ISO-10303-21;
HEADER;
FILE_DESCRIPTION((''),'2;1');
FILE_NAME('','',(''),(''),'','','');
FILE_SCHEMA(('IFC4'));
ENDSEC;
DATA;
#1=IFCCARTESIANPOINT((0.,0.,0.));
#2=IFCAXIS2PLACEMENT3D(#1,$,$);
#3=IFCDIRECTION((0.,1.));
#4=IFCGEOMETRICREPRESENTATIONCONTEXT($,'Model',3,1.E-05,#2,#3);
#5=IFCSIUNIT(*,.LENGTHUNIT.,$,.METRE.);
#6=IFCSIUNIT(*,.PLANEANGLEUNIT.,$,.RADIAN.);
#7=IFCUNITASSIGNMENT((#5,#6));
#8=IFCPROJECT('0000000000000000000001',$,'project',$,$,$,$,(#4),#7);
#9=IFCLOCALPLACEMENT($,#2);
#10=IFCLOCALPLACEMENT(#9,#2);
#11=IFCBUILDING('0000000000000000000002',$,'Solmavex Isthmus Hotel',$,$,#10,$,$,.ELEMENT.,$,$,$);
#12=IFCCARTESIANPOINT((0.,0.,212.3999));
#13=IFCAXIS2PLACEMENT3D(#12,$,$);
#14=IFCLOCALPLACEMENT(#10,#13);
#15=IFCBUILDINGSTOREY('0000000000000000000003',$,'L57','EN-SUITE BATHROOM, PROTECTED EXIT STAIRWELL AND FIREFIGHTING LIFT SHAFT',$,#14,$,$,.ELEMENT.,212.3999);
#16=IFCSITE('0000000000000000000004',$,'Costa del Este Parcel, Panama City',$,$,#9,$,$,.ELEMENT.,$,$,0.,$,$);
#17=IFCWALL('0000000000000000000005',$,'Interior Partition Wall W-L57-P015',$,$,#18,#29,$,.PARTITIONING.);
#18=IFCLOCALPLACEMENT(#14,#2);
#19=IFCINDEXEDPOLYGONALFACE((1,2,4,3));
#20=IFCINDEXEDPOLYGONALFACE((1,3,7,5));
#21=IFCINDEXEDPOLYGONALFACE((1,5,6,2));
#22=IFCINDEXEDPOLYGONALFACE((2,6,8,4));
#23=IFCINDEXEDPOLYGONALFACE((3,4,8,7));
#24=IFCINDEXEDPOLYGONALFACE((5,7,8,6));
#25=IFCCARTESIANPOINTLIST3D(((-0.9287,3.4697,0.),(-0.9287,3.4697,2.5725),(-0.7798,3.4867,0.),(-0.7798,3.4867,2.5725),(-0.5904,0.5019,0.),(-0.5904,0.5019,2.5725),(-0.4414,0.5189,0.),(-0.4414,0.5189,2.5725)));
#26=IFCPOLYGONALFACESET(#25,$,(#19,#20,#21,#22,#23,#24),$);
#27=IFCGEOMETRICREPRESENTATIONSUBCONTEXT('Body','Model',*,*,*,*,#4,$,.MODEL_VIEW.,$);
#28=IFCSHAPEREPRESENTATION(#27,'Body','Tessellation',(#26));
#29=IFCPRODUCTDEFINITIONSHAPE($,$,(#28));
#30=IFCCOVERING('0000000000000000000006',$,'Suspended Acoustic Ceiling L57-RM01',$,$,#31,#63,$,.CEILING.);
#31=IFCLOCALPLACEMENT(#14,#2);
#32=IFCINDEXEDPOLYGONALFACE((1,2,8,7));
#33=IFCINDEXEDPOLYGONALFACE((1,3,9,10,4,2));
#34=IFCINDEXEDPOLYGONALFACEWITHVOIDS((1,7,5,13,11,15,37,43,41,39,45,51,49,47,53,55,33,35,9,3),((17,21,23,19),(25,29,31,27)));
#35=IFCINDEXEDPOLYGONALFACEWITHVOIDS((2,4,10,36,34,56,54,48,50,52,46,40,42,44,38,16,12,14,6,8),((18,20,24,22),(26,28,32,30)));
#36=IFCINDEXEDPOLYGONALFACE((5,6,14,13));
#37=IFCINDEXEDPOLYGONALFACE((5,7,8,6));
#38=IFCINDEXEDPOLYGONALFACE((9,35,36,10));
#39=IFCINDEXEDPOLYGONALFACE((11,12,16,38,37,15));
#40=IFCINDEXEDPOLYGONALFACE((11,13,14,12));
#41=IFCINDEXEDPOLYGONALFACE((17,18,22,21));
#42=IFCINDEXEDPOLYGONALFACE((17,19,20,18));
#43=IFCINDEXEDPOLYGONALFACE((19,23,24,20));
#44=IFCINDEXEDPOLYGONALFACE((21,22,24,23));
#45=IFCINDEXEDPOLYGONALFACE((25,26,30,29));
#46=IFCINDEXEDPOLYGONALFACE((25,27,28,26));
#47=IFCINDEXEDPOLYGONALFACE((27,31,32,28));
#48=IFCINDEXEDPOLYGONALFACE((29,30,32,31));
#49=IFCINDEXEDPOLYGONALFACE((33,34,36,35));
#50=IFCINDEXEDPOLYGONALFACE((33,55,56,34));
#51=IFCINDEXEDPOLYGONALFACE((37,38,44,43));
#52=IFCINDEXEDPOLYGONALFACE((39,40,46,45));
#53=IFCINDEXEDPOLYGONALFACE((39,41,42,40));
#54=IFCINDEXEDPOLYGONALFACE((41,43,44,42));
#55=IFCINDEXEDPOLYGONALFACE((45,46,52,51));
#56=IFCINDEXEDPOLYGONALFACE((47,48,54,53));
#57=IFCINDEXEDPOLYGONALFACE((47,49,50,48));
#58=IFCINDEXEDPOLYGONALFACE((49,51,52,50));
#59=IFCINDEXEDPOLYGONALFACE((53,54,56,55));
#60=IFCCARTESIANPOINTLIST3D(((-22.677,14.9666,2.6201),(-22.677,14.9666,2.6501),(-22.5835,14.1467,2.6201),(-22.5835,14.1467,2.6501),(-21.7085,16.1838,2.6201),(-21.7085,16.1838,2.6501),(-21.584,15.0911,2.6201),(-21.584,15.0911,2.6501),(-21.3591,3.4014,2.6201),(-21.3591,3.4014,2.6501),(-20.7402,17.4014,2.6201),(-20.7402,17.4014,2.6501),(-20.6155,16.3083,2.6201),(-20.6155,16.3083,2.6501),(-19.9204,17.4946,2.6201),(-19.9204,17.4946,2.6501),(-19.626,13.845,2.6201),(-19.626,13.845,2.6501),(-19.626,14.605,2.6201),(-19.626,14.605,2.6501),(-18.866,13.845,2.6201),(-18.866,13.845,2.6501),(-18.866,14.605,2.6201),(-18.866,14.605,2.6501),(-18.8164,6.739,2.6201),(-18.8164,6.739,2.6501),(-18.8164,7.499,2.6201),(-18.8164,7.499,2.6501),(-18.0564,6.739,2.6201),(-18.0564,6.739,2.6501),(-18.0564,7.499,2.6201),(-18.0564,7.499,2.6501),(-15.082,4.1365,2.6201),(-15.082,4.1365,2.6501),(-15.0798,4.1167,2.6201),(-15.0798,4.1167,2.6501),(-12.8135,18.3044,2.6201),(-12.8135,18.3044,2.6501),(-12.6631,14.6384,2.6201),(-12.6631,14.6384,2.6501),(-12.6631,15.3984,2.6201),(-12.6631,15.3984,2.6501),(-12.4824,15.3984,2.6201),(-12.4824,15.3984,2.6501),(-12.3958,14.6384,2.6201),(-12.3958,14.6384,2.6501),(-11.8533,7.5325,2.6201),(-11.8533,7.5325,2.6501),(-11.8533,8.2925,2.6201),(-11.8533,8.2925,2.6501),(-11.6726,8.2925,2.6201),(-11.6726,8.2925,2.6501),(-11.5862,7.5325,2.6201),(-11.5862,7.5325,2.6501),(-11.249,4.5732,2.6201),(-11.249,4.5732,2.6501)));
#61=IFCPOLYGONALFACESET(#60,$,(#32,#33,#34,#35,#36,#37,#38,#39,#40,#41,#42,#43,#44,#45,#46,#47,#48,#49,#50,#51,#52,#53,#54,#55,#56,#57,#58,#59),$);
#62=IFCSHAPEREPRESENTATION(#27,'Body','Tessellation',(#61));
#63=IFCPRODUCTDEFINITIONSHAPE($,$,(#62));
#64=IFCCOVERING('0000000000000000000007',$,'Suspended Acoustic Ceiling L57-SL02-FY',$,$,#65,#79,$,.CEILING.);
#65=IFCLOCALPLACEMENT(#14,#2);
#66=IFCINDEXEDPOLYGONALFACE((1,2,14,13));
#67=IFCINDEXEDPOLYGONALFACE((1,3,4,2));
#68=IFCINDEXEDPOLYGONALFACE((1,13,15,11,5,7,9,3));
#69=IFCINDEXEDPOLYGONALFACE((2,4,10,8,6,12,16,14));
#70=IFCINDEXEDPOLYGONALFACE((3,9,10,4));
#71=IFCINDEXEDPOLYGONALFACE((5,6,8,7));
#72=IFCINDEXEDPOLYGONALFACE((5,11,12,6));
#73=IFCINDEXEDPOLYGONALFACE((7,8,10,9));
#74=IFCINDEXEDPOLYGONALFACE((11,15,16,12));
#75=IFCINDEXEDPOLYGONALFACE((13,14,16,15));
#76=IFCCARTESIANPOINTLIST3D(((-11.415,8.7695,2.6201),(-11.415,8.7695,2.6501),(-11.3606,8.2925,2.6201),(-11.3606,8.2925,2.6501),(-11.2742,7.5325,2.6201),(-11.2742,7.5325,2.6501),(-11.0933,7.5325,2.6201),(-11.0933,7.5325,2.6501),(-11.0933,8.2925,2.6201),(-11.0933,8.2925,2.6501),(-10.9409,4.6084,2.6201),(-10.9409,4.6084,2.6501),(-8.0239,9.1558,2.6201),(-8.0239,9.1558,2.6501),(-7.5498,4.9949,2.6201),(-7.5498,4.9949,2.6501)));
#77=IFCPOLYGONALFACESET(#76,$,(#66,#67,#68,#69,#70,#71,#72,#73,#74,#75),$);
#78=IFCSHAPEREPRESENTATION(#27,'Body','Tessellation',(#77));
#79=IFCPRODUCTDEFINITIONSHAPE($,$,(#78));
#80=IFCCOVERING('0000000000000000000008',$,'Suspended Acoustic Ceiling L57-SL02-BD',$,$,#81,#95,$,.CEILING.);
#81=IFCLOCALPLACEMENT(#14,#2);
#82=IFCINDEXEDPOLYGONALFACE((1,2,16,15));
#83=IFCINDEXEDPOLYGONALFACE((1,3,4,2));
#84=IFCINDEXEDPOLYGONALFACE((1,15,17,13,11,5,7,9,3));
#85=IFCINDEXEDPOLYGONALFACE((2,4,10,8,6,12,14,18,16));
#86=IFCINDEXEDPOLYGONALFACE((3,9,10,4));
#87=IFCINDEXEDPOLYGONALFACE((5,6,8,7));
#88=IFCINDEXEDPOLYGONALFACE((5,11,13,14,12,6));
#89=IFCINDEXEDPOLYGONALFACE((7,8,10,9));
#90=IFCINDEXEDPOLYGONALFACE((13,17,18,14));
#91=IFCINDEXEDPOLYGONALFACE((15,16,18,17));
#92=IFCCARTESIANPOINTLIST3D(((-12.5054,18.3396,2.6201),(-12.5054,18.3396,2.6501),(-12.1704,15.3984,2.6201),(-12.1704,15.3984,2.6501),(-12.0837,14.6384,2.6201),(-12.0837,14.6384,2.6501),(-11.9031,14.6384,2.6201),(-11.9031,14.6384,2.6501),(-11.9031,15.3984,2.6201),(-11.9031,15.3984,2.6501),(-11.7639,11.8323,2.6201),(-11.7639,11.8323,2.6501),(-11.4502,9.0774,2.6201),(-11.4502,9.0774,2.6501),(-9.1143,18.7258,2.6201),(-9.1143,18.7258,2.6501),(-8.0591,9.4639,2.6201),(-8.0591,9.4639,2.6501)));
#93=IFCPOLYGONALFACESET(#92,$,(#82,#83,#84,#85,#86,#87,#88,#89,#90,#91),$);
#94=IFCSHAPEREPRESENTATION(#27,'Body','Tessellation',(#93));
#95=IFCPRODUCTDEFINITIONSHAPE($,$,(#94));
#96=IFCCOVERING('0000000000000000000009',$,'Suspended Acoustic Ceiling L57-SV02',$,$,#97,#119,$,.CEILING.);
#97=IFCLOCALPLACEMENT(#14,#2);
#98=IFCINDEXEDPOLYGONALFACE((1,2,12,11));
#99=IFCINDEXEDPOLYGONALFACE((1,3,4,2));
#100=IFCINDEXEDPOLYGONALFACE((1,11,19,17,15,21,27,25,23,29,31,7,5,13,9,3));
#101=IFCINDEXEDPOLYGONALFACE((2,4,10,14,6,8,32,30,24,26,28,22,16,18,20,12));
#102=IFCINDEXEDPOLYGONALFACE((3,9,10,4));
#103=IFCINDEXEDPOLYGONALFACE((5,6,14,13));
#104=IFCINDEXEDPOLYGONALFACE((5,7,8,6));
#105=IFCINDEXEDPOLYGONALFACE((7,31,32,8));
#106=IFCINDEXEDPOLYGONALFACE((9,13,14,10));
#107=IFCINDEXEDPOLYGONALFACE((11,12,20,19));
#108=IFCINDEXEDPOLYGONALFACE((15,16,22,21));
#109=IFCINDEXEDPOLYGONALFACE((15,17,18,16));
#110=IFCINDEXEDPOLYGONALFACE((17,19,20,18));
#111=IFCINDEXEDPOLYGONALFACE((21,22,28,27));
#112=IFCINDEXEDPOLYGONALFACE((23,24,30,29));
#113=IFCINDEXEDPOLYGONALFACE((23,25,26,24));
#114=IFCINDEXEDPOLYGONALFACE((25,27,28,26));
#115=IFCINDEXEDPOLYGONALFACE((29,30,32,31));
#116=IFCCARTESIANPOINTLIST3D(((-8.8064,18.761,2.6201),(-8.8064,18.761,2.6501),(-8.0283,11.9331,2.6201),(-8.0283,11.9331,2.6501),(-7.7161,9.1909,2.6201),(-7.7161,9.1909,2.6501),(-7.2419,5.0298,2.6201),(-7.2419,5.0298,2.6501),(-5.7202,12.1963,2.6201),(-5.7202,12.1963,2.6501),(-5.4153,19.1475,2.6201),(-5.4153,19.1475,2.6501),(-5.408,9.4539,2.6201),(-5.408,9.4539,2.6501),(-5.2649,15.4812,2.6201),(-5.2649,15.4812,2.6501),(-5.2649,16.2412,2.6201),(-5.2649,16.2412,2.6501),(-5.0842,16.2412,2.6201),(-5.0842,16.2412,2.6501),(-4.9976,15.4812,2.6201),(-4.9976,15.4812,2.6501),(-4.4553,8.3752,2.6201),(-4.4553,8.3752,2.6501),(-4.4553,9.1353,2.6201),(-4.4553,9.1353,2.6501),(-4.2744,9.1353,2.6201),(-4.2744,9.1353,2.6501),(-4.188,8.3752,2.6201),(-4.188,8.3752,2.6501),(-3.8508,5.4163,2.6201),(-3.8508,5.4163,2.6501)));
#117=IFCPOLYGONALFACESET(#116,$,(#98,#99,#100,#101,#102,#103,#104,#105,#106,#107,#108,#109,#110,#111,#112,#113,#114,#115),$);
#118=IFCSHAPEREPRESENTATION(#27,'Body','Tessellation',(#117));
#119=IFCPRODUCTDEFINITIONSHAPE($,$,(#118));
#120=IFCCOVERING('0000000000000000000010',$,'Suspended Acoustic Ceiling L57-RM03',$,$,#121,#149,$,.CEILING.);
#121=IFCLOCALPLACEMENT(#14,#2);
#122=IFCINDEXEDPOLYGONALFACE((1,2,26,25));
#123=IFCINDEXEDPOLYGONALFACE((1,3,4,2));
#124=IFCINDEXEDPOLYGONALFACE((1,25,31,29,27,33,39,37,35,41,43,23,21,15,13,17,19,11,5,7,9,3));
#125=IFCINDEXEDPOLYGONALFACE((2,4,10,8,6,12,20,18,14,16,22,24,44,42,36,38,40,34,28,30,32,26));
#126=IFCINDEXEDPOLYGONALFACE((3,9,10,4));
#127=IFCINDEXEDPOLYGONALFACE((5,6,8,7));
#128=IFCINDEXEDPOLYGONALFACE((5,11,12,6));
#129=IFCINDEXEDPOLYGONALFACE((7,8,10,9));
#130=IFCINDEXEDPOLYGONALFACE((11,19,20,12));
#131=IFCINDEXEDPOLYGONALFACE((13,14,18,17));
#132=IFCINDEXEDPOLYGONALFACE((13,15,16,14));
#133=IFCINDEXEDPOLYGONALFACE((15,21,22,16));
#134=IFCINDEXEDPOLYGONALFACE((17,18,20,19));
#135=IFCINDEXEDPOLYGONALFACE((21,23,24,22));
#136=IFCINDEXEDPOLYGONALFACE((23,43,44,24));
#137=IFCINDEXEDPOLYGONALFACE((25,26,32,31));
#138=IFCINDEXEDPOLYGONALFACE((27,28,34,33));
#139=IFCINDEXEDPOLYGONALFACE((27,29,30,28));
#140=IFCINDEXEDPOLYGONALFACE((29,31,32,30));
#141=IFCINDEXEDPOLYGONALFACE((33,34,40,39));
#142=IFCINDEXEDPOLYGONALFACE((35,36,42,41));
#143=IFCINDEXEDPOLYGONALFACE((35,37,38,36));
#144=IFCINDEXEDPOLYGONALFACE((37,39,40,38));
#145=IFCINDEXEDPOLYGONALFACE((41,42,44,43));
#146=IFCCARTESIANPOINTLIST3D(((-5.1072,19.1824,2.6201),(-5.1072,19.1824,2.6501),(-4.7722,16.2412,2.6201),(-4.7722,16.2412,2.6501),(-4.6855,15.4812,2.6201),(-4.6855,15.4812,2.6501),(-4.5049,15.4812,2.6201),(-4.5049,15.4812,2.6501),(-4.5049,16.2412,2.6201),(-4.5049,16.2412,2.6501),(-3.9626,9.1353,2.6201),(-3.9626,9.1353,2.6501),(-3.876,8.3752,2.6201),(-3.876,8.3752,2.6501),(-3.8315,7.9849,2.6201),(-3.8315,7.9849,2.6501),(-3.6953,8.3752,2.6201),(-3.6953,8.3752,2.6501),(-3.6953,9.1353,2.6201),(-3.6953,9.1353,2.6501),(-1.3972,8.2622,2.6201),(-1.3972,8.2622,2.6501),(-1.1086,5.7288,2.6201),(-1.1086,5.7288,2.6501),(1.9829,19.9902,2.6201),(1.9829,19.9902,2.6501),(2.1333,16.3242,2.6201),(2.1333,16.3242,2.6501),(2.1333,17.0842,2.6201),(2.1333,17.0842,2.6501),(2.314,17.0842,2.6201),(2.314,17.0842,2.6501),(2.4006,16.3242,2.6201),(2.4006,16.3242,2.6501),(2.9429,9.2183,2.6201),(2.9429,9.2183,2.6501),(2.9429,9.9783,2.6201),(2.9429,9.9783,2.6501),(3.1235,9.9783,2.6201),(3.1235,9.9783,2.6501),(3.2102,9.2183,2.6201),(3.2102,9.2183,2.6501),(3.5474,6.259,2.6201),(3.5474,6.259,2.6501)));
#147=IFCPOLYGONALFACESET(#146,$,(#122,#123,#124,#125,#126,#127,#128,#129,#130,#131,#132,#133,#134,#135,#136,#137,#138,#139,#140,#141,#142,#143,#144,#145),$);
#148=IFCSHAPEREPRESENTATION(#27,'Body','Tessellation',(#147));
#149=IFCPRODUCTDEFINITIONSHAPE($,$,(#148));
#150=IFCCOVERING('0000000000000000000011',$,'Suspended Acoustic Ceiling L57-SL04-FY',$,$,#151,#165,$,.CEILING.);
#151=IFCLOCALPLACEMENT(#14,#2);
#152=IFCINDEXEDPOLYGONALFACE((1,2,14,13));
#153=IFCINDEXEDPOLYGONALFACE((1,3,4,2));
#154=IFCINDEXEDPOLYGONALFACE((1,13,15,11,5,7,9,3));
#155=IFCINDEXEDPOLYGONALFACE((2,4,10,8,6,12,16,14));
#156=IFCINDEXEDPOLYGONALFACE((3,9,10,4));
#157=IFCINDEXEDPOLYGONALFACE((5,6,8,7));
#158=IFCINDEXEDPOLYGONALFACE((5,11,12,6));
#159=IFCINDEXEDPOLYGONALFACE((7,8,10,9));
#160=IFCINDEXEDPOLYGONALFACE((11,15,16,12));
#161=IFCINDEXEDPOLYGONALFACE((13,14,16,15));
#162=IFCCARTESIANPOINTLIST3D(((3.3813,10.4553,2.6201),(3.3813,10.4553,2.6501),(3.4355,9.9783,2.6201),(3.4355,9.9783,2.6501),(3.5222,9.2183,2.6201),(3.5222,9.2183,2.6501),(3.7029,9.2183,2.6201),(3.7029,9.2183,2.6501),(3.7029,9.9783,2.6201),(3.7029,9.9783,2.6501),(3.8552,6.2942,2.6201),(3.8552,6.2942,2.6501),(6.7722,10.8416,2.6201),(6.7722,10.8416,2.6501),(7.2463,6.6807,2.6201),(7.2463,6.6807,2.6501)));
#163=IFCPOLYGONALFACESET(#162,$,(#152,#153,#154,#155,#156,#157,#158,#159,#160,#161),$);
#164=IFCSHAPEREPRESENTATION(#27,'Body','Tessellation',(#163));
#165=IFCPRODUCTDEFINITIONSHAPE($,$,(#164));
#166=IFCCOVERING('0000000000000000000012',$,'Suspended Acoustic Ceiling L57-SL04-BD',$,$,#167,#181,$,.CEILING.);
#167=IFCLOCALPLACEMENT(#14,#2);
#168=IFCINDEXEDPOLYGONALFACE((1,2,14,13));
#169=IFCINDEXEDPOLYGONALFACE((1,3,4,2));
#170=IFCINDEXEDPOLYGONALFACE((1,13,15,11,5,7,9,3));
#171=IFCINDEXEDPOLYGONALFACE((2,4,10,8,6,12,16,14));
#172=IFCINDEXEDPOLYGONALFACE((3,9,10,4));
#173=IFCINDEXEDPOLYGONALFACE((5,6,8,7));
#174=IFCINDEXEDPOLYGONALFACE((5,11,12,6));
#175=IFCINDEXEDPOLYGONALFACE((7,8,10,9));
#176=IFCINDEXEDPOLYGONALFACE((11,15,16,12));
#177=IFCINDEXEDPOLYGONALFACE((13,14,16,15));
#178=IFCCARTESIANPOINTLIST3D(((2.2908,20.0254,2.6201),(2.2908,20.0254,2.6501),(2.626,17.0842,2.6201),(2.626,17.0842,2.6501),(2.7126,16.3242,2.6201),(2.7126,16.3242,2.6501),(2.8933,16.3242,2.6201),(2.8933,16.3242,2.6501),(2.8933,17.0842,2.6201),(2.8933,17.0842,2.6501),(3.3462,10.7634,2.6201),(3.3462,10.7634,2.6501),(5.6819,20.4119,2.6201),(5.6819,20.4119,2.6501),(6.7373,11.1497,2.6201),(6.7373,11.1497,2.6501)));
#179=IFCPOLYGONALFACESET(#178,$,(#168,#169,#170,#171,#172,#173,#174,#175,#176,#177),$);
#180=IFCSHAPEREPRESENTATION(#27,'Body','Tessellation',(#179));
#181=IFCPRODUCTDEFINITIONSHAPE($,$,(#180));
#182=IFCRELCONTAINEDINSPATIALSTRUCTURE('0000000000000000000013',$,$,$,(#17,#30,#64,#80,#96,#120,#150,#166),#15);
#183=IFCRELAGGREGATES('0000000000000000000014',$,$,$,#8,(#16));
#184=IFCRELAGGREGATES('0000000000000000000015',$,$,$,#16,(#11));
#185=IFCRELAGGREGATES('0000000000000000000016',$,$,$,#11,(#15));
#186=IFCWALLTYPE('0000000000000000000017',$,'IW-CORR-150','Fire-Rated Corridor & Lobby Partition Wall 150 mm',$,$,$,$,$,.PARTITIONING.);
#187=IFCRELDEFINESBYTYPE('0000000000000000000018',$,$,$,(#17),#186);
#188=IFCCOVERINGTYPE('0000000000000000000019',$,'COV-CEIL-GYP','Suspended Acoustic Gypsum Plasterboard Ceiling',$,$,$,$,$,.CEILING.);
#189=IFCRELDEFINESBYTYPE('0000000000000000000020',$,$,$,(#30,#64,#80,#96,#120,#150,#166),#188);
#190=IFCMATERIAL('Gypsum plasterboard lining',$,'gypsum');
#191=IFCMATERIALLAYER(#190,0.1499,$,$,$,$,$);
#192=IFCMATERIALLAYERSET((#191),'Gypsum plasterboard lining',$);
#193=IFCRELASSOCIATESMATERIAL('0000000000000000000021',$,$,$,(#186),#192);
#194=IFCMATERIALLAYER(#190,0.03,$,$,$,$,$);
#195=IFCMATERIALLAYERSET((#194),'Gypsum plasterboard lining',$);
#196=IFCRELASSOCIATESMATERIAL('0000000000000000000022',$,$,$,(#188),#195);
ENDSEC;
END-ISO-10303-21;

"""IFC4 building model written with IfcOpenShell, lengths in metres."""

from ifc_helpers import new_model, si_unit, direction, frame, frame_2d, origin, place, context, subcontext, project, spatial, polyline, rectangle, outline, extrude, material, layer, layer_set, type_object, element, save


model = new_model("IFC4")

# Units and contexts
model_context = context("Model", 3, precision=1e-05, world=origin(), true_north=direction((0.0, 1.0)))
body_context = subcontext(model_context, "Body", "Model", "MODEL_VIEW")
ifc_project = project(units=[si_unit("LENGTHUNIT", "METRE"), si_unit("PLANEANGLEUNIT", "RADIAN")], contexts=[model_context])

# Site, building, storey
site_placement = place(None, origin())
site = spatial("IfcSite", under=ifc_project, at=site_placement, Name="Costa del Este Parcel, Panama City", CompositionType="ELEMENT", RefElevation=0.0)
building_placement = place(site_placement, origin())
building = spatial("IfcBuilding", under=site, at=building_placement, Name="Solmavex Isthmus Hotel", CompositionType="ELEMENT")
storey_placement = place(building_placement, frame((0.0, 0.0, 212.3999)))
storey = spatial("IfcBuildingStorey", under=building, at=storey_placement, Name="L57", Description="EN-SUITE BATHROOM, PROTECTED EXIT STAIRWELL AND FIREFIGHTING LIFT SHAFT", CompositionType="ELEMENT", Elevation=212.3999)

# Shared definitions
ifc_material_1 = material(Name="Gypsum plasterboard lining", Category="gypsum")
ifc_layer_1 = layer(ifc_material_1, 0.1499)
ifc_layer_set_1 = layer_set([ifc_layer_1], Name="Gypsum plasterboard lining")
wall_type = type_object("IfcWallType", Name="IW-CORR-150", Description="Fire-Rated Corridor & Lobby Partition Wall 150 mm", PredefinedType="PARTITIONING", material=ifc_layer_set_1)

# Wall
wall_1_placement = place(storey_placement, frame((-0.5159, 0.5103, 0.0), z_axis=(0.0, 0.0, 1.0), x_axis=(-0.113284, 0.993563, 0.0)))
element("IfcWall", 1, at=wall_1_placement, inside=storey, type_object=wall_type, Name="Interior Partition Wall W-L57-P015", PredefinedType="PARTITIONING", context=body_context, shape_type="SweptSolid", body=[
    extrude(rectangle(XDim=2.9871, YDim=0.1499, at=frame_2d((1.4937, 0.0))), origin(), (0.0, 0.0, 1.0), 2.5725),
])

# Coverings
ifc_layer_2 = layer(ifc_material_1, 0.03)
ifc_layer_set_2 = layer_set([ifc_layer_2], Name="Gypsum plasterboard lining")
covering_type_1 = type_object("IfcCoveringType", Name="COV-CEIL-GYP", Description="Suspended Acoustic Gypsum Plasterboard Ceiling", PredefinedType="CEILING", material=ifc_layer_set_2)
covering_1_placement = place(storey_placement, frame((0.0, 0.0, 2.6201)))
element("IfcCovering", 2, at=covering_1_placement, inside=storey, type_object=covering_type_1, Name="Suspended Acoustic Ceiling L57-RM01", PredefinedType="CEILING", context=body_context, shape_type="SweptSolid", body=[
    extrude(outline(polyline([(-15.0798, 4.1167), (-15.082, 4.1365), (-11.249, 4.5732), (-11.5862, 7.5325), (-11.8533, 7.5325), (-11.8533, 8.2925), (-11.6726, 8.2925), (-12.3958, 14.6384), (-12.6631, 14.6384), (-12.6631, 15.3984), (-12.4824, 15.3984), (-12.8135, 18.3044), (-19.9204, 17.4946), (-20.7402, 17.4014), (-20.6155, 16.3083), (-21.7085, 16.1838), (-21.584, 15.0911), (-22.677, 14.9666), (-22.5835, 14.1467), (-21.3591, 3.4014), (-15.0798, 4.1167)]), holes=[polyline([(-18.8164, 6.739), (-18.8164, 7.499), (-18.0564, 7.499), (-18.0564, 6.739), (-18.8164, 6.739)]), polyline([(-19.626, 13.845), (-19.626, 14.605), (-18.866, 14.605), (-18.866, 13.845), (-19.626, 13.845)])]), origin(), (0.0, 0.0, 1.0), 0.03),
])
covering_2_placement = place(storey_placement, frame((0.0, 0.0, 2.6201)))
element("IfcCovering", 3, at=covering_2_placement, inside=storey, type_object=covering_type_1, Name="Suspended Acoustic Ceiling L57-SL02-FY", PredefinedType="CEILING", context=body_context, shape_type="SweptSolid", body=[
    extrude(outline(polyline([(-11.3606, 8.2925), (-11.0933, 8.2925), (-11.0933, 7.5325), (-11.2742, 7.5325), (-10.9409, 4.6084), (-7.5498, 4.9949), (-8.0239, 9.1558), (-11.415, 8.7695), (-11.3606, 8.2925)])), origin(), (0.0, 0.0, 1.0), 0.03),
])
covering_3_placement = place(storey_placement, frame((0.0, 0.0, 2.6201)))
element("IfcCovering", 4, at=covering_3_placement, inside=storey, type_object=covering_type_1, Name="Suspended Acoustic Ceiling L57-SL02-BD", PredefinedType="CEILING", context=body_context, shape_type="SweptSolid", body=[
    extrude(outline(polyline([(-12.1704, 15.3984), (-11.9031, 15.3984), (-11.9031, 14.6384), (-12.0837, 14.6384), (-11.7639, 11.8323), (-11.4502, 9.0774), (-8.0591, 9.4639), (-9.1143, 18.7258), (-12.5054, 18.3396), (-12.1704, 15.3984)])), origin(), (0.0, 0.0, 1.0), 0.03),
])
covering_4_placement = place(storey_placement, frame((0.0, 0.0, 2.6201)))
element("IfcCovering", 5, at=covering_4_placement, inside=storey, type_object=covering_type_1, Name="Suspended Acoustic Ceiling L57-SV02", PredefinedType="CEILING", context=body_context, shape_type="SweptSolid", body=[
    extrude(outline(polyline([(-4.9976, 15.4812), (-5.2649, 15.4812), (-5.2649, 16.2412), (-5.0842, 16.2412), (-5.4153, 19.1475), (-8.8064, 18.761), (-8.0283, 11.9331), (-5.7202, 12.1963), (-5.408, 9.4539), (-7.7161, 9.1909), (-7.2419, 5.0298), (-3.8508, 5.4163), (-4.188, 8.3752), (-4.4553, 8.3752), (-4.4553, 9.1353), (-4.2744, 9.1353), (-4.9976, 15.4812)])), origin(), (0.0, 0.0, 1.0), 0.03),
])
covering_5_placement = place(storey_placement, frame((0.0, 0.0, 2.6201)))
element("IfcCovering", 6, at=covering_5_placement, inside=storey, type_object=covering_type_1, Name="Suspended Acoustic Ceiling L57-RM03", PredefinedType="CEILING", context=body_context, shape_type="SweptSolid", body=[
    extrude(outline(polyline([(-3.9626, 9.1353), (-3.6953, 9.1353), (-3.6953, 8.3752), (-3.876, 8.3752), (-3.8315, 7.9849), (-1.3972, 8.2622), (-1.1086, 5.7288), (3.5474, 6.259), (3.2102, 9.2183), (2.9429, 9.2183), (2.9429, 9.9783), (3.1235, 9.9783), (2.4006, 16.3242), (2.1333, 16.3242), (2.1333, 17.0842), (2.314, 17.0842), (1.9829, 19.9902), (-5.1072, 19.1824), (-4.7722, 16.2412), (-4.5049, 16.2412), (-4.5049, 15.4812), (-4.6855, 15.4812), (-3.9626, 9.1353)])), origin(), (0.0, 0.0, 1.0), 0.03),
])
covering_6_placement = place(storey_placement, frame((0.0, 0.0, 2.6201)))
element("IfcCovering", 7, at=covering_6_placement, inside=storey, type_object=covering_type_1, Name="Suspended Acoustic Ceiling L57-SL04-FY", PredefinedType="CEILING", context=body_context, shape_type="SweptSolid", body=[
    extrude(outline(polyline([(3.4355, 9.9783), (3.7029, 9.9783), (3.7029, 9.2183), (3.5222, 9.2183), (3.8552, 6.2942), (7.2463, 6.6807), (6.7722, 10.8416), (3.3813, 10.4553), (3.4355, 9.9783)])), origin(), (0.0, 0.0, 1.0), 0.03),
])
covering_7_placement = place(storey_placement, frame((0.0, 0.0, 2.6201)))
element("IfcCovering", 8, at=covering_7_placement, inside=storey, type_object=covering_type_1, Name="Suspended Acoustic Ceiling L57-SL04-BD", PredefinedType="CEILING", context=body_context, shape_type="SweptSolid", body=[
    extrude(outline(polyline([(2.626, 17.0842), (2.8933, 17.0842), (2.8933, 16.3242), (2.7126, 16.3242), (3.3462, 10.7634), (6.7373, 11.1497), (5.6819, 20.4119), (2.2908, 20.0254), (2.626, 17.0842)])), origin(), (0.0, 0.0, 1.0), 0.03),
])

save(model, "model.ifc")
